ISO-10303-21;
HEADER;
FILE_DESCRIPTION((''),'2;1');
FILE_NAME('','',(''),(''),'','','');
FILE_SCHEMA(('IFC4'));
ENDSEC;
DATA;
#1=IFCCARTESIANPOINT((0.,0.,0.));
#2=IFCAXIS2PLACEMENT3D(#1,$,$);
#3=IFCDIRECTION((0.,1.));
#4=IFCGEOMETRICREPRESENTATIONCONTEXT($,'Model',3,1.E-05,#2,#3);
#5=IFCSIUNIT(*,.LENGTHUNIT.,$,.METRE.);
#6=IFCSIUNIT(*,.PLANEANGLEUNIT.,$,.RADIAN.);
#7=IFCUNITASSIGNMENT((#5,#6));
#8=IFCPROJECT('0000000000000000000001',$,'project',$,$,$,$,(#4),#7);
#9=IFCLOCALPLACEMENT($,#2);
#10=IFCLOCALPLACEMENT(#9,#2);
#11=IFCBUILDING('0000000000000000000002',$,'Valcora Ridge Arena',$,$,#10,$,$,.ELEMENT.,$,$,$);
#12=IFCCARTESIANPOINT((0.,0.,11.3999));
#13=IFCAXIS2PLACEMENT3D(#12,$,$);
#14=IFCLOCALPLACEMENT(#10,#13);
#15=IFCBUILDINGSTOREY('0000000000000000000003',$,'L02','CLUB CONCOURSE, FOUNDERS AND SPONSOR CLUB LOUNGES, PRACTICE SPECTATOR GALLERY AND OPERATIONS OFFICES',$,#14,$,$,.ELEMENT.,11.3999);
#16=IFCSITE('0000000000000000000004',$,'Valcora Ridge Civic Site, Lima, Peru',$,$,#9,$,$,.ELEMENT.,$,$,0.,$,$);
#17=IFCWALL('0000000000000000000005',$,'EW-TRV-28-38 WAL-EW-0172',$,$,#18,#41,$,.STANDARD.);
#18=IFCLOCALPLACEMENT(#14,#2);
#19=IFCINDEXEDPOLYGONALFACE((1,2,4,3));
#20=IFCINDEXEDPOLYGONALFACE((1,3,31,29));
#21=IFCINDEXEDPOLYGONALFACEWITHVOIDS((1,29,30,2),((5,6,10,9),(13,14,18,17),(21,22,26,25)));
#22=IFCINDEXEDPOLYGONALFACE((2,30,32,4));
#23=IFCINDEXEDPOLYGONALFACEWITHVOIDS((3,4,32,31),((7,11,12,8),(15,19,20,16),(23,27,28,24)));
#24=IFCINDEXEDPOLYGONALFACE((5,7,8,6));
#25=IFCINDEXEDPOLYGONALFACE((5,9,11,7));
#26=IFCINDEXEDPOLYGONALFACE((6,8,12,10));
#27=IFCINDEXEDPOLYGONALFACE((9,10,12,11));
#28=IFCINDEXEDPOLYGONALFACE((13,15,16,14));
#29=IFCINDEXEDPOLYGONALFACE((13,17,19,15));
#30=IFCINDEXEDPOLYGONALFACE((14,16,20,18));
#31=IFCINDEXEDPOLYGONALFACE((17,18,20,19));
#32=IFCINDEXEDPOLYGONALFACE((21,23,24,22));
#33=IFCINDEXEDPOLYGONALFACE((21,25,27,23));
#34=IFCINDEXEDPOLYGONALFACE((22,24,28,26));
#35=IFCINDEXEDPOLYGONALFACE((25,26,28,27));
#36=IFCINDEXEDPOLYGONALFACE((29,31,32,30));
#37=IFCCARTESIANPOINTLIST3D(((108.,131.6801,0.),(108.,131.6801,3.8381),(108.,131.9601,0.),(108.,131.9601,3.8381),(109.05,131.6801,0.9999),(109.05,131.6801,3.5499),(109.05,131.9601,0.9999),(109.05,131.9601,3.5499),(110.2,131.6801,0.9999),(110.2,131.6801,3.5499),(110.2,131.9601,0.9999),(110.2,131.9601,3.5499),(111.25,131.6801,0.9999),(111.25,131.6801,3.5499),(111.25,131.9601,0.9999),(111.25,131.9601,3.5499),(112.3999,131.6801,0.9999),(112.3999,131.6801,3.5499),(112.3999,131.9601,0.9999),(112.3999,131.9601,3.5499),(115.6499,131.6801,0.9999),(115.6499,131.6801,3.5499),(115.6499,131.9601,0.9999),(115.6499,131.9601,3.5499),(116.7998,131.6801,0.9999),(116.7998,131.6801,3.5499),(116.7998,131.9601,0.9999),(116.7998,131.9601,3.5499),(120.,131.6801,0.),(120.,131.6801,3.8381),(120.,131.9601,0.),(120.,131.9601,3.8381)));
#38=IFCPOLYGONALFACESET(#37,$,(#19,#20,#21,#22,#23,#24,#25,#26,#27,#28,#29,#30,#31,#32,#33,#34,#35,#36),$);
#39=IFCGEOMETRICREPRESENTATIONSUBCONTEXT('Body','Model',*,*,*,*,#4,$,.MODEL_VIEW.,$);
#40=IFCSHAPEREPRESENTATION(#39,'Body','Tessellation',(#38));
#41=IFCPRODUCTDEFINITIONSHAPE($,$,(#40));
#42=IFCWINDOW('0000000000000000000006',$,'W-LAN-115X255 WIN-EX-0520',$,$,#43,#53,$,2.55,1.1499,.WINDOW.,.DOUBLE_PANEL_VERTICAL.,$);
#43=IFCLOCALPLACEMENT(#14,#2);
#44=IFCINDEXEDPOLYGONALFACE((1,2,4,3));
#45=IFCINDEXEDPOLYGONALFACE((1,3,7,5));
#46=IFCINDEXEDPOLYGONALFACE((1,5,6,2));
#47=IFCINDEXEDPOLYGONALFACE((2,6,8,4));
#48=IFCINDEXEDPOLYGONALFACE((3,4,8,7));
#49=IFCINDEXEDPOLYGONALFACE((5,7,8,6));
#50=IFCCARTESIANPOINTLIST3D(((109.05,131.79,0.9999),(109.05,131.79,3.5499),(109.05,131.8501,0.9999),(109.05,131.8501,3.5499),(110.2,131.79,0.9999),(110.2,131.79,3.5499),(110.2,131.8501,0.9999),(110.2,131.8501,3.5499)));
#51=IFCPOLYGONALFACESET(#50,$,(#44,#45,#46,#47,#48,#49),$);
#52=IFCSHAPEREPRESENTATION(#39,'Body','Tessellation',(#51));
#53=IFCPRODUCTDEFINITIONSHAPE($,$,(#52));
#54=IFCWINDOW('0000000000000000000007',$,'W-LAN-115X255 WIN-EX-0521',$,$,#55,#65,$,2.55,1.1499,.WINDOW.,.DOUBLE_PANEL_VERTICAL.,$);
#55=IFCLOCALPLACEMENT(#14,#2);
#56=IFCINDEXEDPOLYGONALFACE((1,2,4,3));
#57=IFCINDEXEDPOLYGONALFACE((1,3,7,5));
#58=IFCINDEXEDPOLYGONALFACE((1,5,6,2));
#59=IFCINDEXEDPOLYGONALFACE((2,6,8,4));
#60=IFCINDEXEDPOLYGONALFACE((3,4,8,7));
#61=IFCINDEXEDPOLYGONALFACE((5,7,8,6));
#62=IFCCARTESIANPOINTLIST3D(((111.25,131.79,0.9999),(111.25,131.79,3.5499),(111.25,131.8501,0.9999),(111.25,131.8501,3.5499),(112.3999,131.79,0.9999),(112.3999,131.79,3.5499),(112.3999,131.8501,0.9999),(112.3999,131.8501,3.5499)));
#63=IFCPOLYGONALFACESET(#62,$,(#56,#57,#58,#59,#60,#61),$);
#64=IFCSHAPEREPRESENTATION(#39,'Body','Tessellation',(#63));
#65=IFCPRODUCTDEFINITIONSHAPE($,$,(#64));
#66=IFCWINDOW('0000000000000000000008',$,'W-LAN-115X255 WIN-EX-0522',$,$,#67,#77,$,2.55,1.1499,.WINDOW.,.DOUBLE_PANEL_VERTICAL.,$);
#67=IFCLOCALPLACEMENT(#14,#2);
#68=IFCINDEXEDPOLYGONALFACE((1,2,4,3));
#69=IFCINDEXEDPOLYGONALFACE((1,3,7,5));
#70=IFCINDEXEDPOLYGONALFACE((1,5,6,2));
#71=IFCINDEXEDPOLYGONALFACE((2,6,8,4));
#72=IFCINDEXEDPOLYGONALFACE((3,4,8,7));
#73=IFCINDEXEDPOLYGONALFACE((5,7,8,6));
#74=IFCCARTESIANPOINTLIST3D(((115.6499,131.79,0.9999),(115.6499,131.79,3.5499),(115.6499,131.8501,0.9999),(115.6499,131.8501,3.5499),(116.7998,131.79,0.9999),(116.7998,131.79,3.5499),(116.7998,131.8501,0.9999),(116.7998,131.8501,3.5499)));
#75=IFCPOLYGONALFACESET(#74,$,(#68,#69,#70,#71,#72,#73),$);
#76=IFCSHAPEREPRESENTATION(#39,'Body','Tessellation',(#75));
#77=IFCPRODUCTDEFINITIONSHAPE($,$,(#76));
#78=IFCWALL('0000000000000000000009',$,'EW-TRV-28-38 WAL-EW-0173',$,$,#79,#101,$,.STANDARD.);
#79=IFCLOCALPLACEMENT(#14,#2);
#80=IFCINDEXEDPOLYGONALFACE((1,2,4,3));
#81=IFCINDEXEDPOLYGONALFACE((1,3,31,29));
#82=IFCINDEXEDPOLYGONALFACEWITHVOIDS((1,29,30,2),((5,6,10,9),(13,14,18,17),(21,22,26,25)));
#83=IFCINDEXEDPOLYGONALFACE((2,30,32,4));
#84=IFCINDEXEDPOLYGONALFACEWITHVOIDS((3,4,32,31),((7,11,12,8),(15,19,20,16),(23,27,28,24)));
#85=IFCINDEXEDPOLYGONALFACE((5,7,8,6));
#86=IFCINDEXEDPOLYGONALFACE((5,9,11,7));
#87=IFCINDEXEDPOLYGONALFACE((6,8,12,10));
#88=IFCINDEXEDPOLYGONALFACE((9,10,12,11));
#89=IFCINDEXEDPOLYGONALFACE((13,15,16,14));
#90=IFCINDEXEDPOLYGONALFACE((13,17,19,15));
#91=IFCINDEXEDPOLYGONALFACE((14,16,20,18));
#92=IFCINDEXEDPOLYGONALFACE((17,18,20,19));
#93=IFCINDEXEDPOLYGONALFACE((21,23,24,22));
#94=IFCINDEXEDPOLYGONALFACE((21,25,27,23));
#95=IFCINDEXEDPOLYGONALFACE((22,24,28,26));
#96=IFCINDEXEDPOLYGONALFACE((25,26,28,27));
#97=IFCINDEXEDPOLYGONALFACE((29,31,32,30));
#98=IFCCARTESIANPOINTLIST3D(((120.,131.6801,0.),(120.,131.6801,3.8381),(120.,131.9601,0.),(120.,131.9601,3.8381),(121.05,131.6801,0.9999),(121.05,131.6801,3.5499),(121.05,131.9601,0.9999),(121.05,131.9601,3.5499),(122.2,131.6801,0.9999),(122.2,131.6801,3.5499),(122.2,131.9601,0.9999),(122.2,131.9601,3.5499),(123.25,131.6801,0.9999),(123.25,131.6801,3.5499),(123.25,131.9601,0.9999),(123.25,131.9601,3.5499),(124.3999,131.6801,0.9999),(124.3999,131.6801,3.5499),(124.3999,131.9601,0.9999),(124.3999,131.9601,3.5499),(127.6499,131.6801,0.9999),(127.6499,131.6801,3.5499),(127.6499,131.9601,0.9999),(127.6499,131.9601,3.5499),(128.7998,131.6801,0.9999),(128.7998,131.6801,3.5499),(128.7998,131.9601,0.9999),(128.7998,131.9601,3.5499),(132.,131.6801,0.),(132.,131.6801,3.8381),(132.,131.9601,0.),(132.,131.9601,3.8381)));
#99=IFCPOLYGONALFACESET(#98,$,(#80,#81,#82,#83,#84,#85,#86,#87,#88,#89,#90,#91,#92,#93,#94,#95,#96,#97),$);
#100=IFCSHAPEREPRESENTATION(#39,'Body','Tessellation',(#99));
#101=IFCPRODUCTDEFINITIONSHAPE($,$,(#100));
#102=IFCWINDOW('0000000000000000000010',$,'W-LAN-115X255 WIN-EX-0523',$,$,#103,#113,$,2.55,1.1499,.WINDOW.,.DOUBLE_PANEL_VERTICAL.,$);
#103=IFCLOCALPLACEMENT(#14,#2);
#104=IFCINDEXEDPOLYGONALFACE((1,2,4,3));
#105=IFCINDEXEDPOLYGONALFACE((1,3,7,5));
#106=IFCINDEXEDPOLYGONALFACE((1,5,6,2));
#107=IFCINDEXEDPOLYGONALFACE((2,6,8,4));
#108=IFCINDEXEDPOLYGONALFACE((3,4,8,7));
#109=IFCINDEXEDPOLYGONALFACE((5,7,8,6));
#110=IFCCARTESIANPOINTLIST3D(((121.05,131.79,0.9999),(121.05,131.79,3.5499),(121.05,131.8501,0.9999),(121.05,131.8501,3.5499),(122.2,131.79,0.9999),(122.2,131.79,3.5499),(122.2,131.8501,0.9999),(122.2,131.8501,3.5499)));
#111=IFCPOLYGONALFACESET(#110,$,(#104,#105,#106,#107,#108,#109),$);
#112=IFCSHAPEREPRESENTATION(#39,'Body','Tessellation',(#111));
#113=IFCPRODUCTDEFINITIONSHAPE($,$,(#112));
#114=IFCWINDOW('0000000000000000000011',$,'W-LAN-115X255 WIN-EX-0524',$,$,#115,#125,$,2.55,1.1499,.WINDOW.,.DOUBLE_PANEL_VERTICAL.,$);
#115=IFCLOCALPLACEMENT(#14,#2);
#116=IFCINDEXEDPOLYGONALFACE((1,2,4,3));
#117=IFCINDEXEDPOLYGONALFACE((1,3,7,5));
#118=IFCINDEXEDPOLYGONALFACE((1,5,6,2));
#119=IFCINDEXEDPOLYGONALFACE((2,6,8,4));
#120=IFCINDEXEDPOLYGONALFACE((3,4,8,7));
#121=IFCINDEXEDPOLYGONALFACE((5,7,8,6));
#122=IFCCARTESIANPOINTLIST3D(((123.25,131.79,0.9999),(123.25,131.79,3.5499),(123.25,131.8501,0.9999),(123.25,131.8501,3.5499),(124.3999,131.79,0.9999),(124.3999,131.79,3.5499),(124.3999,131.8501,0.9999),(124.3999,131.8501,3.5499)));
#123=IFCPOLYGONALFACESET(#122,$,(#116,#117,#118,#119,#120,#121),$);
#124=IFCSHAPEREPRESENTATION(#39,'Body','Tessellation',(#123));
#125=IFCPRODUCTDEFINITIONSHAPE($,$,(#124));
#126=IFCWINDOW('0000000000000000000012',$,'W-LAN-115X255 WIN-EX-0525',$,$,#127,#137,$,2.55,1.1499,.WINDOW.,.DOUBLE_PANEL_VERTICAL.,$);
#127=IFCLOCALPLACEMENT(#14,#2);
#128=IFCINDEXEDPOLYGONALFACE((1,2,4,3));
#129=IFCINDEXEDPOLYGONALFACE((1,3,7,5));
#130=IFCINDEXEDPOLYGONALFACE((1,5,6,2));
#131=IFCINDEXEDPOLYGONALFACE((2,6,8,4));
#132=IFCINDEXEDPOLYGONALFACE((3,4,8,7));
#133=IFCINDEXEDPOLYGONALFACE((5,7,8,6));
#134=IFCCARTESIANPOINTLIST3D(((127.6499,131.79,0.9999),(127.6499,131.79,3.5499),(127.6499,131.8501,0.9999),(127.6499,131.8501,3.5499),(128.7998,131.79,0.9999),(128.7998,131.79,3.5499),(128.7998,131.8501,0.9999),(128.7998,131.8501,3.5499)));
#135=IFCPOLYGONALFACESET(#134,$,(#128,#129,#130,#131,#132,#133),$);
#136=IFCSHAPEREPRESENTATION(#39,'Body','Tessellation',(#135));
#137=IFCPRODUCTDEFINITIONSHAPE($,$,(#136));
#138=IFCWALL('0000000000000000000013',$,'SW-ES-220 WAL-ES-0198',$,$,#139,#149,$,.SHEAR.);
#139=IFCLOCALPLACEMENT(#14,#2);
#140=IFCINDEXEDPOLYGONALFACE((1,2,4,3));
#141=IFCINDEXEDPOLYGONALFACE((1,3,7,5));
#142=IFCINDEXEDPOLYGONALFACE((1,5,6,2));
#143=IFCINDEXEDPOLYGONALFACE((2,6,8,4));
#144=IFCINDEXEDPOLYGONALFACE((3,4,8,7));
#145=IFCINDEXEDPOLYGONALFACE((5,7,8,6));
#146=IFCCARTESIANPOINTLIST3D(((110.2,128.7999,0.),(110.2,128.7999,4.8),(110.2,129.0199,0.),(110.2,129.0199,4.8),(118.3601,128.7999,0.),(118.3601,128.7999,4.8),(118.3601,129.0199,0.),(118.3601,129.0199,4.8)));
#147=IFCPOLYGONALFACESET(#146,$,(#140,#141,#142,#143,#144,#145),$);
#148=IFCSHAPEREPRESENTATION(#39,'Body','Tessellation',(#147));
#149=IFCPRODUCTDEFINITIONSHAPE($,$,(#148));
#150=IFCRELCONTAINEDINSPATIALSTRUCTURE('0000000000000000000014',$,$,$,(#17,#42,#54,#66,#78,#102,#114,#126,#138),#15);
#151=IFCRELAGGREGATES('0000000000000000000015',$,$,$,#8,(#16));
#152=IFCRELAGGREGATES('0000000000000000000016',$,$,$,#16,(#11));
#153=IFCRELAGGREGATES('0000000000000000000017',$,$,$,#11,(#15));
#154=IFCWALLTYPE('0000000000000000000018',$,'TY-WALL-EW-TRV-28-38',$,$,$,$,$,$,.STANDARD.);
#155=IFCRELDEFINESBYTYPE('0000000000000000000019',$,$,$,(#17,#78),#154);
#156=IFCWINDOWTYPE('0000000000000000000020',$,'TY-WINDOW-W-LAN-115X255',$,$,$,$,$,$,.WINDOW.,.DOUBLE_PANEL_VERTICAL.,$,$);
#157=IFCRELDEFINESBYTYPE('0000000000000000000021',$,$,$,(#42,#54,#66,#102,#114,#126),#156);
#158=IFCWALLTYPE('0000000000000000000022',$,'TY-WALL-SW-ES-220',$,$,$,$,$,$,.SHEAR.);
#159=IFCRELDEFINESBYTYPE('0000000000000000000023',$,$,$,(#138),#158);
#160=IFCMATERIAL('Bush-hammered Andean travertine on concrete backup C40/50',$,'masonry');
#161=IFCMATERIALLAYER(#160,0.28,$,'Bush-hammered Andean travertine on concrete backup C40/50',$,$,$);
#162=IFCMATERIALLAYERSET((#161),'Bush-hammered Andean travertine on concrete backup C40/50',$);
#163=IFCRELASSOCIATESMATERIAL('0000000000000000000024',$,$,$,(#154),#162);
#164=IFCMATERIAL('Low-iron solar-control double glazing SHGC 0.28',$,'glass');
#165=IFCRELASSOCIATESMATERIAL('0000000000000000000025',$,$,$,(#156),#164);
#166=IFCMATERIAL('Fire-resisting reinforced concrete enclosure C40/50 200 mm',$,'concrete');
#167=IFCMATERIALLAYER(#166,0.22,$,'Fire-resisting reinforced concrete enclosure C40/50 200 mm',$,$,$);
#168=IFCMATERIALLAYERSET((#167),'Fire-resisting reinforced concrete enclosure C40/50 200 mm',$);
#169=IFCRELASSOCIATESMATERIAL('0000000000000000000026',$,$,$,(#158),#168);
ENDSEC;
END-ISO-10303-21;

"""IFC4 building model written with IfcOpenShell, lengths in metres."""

from ifc_helpers import new_model, si_unit, direction, frame, frame_2d, origin, place, context, subcontext, project, spatial, rectangle, extrude, material, layer, layer_set, type_object, element, fill, save


model = new_model("IFC4")

# Units and contexts
model_context = context("Model", 3, precision=1e-05, world=origin(), true_north=direction((0.0, 1.0)))
body_context = subcontext(model_context, "Body", "Model", "MODEL_VIEW")
ifc_project = project(units=[si_unit("LENGTHUNIT", "METRE"), si_unit("PLANEANGLEUNIT", "RADIAN")], contexts=[model_context])

# Site, building, storey
site_placement = place(None, origin())
site = spatial("IfcSite", under=ifc_project, at=site_placement, Name="Valcora Ridge Civic Site, Lima, Peru", CompositionType="ELEMENT", RefElevation=0.0)
building_placement = place(site_placement, origin())
building = spatial("IfcBuilding", under=site, at=building_placement, Name="Valcora Ridge Arena", CompositionType="ELEMENT")
storey_placement = place(building_placement, frame((0.0, 0.0, 11.3999)))
storey = spatial("IfcBuildingStorey", under=building, at=storey_placement, Name="L02", Description="CLUB CONCOURSE, FOUNDERS AND SPONSOR CLUB LOUNGES, PRACTICE SPECTATOR GALLERY AND OPERATIONS OFFICES", CompositionType="ELEMENT", Elevation=11.3999)

# Walls, openings, windows
ifc_material_1 = material(Name="Bush-hammered Andean travertine on concrete backup C40/50", Category="masonry")
ifc_layer_1 = layer(ifc_material_1, 0.28, Name="Bush-hammered Andean travertine on concrete backup C40/50")
ifc_layer_set_1 = layer_set([ifc_layer_1], Name="Bush-hammered Andean travertine on concrete backup C40/50")
wall_type_1 = type_object("IfcWallType", Name="TY-WALL-EW-TRV-28-38", PredefinedType="STANDARD", material=ifc_layer_set_1)
wall_1_placement = place(storey_placement, frame((108.0, 131.8201, 0.0), z_axis=(0.0, 0.0, 1.0), x_axis=(1.0, 0.0, 0.0)))
wall_1 = element("IfcWall", 1, at=wall_1_placement, inside=storey, type_object=wall_type_1, Name="EW-TRV-28-38 WAL-EW-0172", PredefinedType="STANDARD", context=body_context, shape_type="SweptSolid", body=[
    extrude(rectangle(XDim=12.0, YDim=0.28, at=frame_2d((6.0, 0.0))), origin(), (0.0, 0.0, 1.0), 3.8381),
])
opening_1_placement = place(wall_1_placement, frame((1.05, 0.0, 1.0)))
opening_1 = element("IfcOpeningElement", 2, at=opening_1_placement, cuts=wall_1, PredefinedType="OPENING", context=body_context, shape_type="SweptSolid", body=[
    extrude(rectangle(XDim=1.1499, YDim=2.55, at=frame_2d((0.575, 1.2749))), frame((0.0, 0.1499, 0.0), z_axis=(0.0, -1.0, 0.0), x_axis=(1.0, 0.0, 0.0)), (0.0, 0.0, 1.0), 0.3),
])
opening_2_placement = place(wall_1_placement, frame((3.25, 0.0, 1.0)))
opening_2 = element("IfcOpeningElement", 3, at=opening_2_placement, cuts=wall_1, PredefinedType="OPENING", context=body_context, shape_type="SweptSolid", body=[
    extrude(rectangle(XDim=1.1499, YDim=2.55, at=frame_2d((0.575, 1.2749))), frame((0.0, 0.1499, 0.0), z_axis=(0.0, -1.0, 0.0), x_axis=(1.0, 0.0, 0.0)), (0.0, 0.0, 1.0), 0.3),
])
opening_3_placement = place(wall_1_placement, frame((7.6499, 0.0, 1.0)))
opening_3 = element("IfcOpeningElement", 4, at=opening_3_placement, cuts=wall_1, PredefinedType="OPENING", context=body_context, shape_type="SweptSolid", body=[
    extrude(rectangle(XDim=1.1499, YDim=2.55, at=frame_2d((0.575, 1.2749))), frame((0.0, 0.1499, 0.0), z_axis=(0.0, -1.0, 0.0), x_axis=(1.0, 0.0, 0.0)), (0.0, 0.0, 1.0), 0.3),
])
ifc_material_2 = material(Name="Low-iron solar-control double glazing SHGC 0.28", Category="glass")
window_type = type_object("IfcWindowType", Name="TY-WINDOW-W-LAN-115X255", PartitioningType="DOUBLE_PANEL_VERTICAL", PredefinedType="WINDOW", material=ifc_material_2)
window_1_placement = place(opening_1_placement, origin())
window_1 = element("IfcWindow", 5, at=window_1_placement, inside=storey, type_object=window_type, Name="W-LAN-115X255 WIN-EX-0520", OverallHeight=2.55, OverallWidth=1.1499, PartitioningType="DOUBLE_PANEL_VERTICAL", PredefinedType="WINDOW", context=body_context, shape_type="SweptSolid", body=[
    extrude(rectangle(XDim=1.1499, YDim=2.55, at=frame_2d((0.575, 1.2749))), frame((0.0, 0.03, 0.0), z_axis=(0.0, -1.0, 0.0), x_axis=(1.0, 0.0, 0.0)), (0.0, 0.0, 1.0), 0.0601),
])
fill(opening_1, window_1)
window_2_placement = place(opening_2_placement, origin())
window_2 = element("IfcWindow", 6, at=window_2_placement, inside=storey, type_object=window_type, Name="W-LAN-115X255 WIN-EX-0521", OverallHeight=2.55, OverallWidth=1.1499, PartitioningType="DOUBLE_PANEL_VERTICAL", PredefinedType="WINDOW", context=body_context, shape_type="SweptSolid", body=[
    extrude(rectangle(XDim=1.1499, YDim=2.55, at=frame_2d((0.575, 1.2749))), frame((0.0, 0.03, 0.0), z_axis=(0.0, -1.0, 0.0), x_axis=(1.0, 0.0, 0.0)), (0.0, 0.0, 1.0), 0.0601),
])
fill(opening_2, window_2)
window_3_placement = place(opening_3_placement, origin())
window_3 = element("IfcWindow", 7, at=window_3_placement, inside=storey, type_object=window_type, Name="W-LAN-115X255 WIN-EX-0522", OverallHeight=2.55, OverallWidth=1.1499, PartitioningType="DOUBLE_PANEL_VERTICAL", PredefinedType="WINDOW", context=body_context, shape_type="SweptSolid", body=[
    extrude(rectangle(XDim=1.1499, YDim=2.55, at=frame_2d((0.575, 1.2749))), frame((0.0, 0.03, 0.0), z_axis=(0.0, -1.0, 0.0), x_axis=(1.0, 0.0, 0.0)), (0.0, 0.0, 1.0), 0.0601),
])
fill(opening_3, window_3)
wall_2_placement = place(storey_placement, frame((120.0, 131.8201, 0.0), z_axis=(0.0, 0.0, 1.0), x_axis=(1.0, 0.0, 0.0)))
wall_2 = element("IfcWall", 8, at=wall_2_placement, inside=storey, type_object=wall_type_1, Name="EW-TRV-28-38 WAL-EW-0173", PredefinedType="STANDARD", context=body_context, shape_type="SweptSolid", body=[
    extrude(rectangle(XDim=12.0, YDim=0.28, at=frame_2d((6.0, 0.0))), origin(), (0.0, 0.0, 1.0), 3.8381),
])
opening_4_placement = place(wall_2_placement, frame((1.05, 0.0, 1.0)))
opening_4 = element("IfcOpeningElement", 9, at=opening_4_placement, cuts=wall_2, PredefinedType="OPENING", context=body_context, shape_type="SweptSolid", body=[
    extrude(rectangle(XDim=1.1499, YDim=2.55, at=frame_2d((0.575, 1.2749))), frame((0.0, 0.1499, 0.0), z_axis=(0.0, -1.0, 0.0), x_axis=(1.0, 0.0, 0.0)), (0.0, 0.0, 1.0), 0.3),
])
opening_5_placement = place(wall_2_placement, frame((3.25, 0.0, 1.0)))
opening_5 = element("IfcOpeningElement", 10, at=opening_5_placement, cuts=wall_2, PredefinedType="OPENING", context=body_context, shape_type="SweptSolid", body=[
    extrude(rectangle(XDim=1.1499, YDim=2.55, at=frame_2d((0.575, 1.2749))), frame((0.0, 0.1499, 0.0), z_axis=(0.0, -1.0, 0.0), x_axis=(1.0, 0.0, 0.0)), (0.0, 0.0, 1.0), 0.3),
])
opening_6_placement = place(wall_2_placement, frame((7.6499, 0.0, 1.0)))
opening_6 = element("IfcOpeningElement", 11, at=opening_6_placement, cuts=wall_2, PredefinedType="OPENING", context=body_context, shape_type="SweptSolid", body=[
    extrude(rectangle(XDim=1.1499, YDim=2.55, at=frame_2d((0.575, 1.2749))), frame((0.0, 0.1499, 0.0), z_axis=(0.0, -1.0, 0.0), x_axis=(1.0, 0.0, 0.0)), (0.0, 0.0, 1.0), 0.3),
])
window_4_placement = place(opening_4_placement, origin())
window_4 = element("IfcWindow", 12, at=window_4_placement, inside=storey, type_object=window_type, Name="W-LAN-115X255 WIN-EX-0523", OverallHeight=2.55, OverallWidth=1.1499, PartitioningType="DOUBLE_PANEL_VERTICAL", PredefinedType="WINDOW", context=body_context, shape_type="SweptSolid", body=[
    extrude(rectangle(XDim=1.1499, YDim=2.55, at=frame_2d((0.575, 1.2749))), frame((0.0, 0.03, 0.0), z_axis=(0.0, -1.0, 0.0), x_axis=(1.0, 0.0, 0.0)), (0.0, 0.0, 1.0), 0.0601),
])
fill(opening_4, window_4)
window_5_placement = place(opening_5_placement, origin())
window_5 = element("IfcWindow", 13, at=window_5_placement, inside=storey, type_object=window_type, Name="W-LAN-115X255 WIN-EX-0524", OverallHeight=2.55, OverallWidth=1.1499, PartitioningType="DOUBLE_PANEL_VERTICAL", PredefinedType="WINDOW", context=body_context, shape_type="SweptSolid", body=[
    extrude(rectangle(XDim=1.1499, YDim=2.55, at=frame_2d((0.575, 1.2749))), frame((0.0, 0.03, 0.0), z_axis=(0.0, -1.0, 0.0), x_axis=(1.0, 0.0, 0.0)), (0.0, 0.0, 1.0), 0.0601),
])
fill(opening_5, window_5)
window_6_placement = place(opening_6_placement, origin())
window_6 = element("IfcWindow", 14, at=window_6_placement, inside=storey, type_object=window_type, Name="W-LAN-115X255 WIN-EX-0525", OverallHeight=2.55, OverallWidth=1.1499, PartitioningType="DOUBLE_PANEL_VERTICAL", PredefinedType="WINDOW", context=body_context, shape_type="SweptSolid", body=[
    extrude(rectangle(XDim=1.1499, YDim=2.55, at=frame_2d((0.575, 1.2749))), frame((0.0, 0.03, 0.0), z_axis=(0.0, -1.0, 0.0), x_axis=(1.0, 0.0, 0.0)), (0.0, 0.0, 1.0), 0.0601),
])
fill(opening_6, window_6)

# Wall
ifc_material_3 = material(Name="Fire-resisting reinforced concrete enclosure C40/50 200 mm", Category="concrete")
ifc_layer_2 = layer(ifc_material_3, 0.22, Name="Fire-resisting reinforced concrete enclosure C40/50 200 mm")
ifc_layer_set_2 = layer_set([ifc_layer_2], Name="Fire-resisting reinforced concrete enclosure C40/50 200 mm")
wall_type_2 = type_object("IfcWallType", Name="TY-WALL-SW-ES-220", PredefinedType="SHEAR", material=ifc_layer_set_2)
wall_3_placement = place(storey_placement, frame((110.2, 128.9099, 0.0), z_axis=(0.0, 0.0, 1.0), x_axis=(1.0, 0.0, 0.0)))
element("IfcWall", 15, at=wall_3_placement, inside=storey, type_object=wall_type_2, Name="SW-ES-220 WAL-ES-0198", PredefinedType="SHEAR", context=body_context, shape_type="SweptSolid", body=[
    extrude(rectangle(XDim=8.1602, YDim=0.22, at=frame_2d((4.0801, 0.0))), origin(), (0.0, 0.0, 1.0), 4.8),
])

save(model, "model.ifc")
